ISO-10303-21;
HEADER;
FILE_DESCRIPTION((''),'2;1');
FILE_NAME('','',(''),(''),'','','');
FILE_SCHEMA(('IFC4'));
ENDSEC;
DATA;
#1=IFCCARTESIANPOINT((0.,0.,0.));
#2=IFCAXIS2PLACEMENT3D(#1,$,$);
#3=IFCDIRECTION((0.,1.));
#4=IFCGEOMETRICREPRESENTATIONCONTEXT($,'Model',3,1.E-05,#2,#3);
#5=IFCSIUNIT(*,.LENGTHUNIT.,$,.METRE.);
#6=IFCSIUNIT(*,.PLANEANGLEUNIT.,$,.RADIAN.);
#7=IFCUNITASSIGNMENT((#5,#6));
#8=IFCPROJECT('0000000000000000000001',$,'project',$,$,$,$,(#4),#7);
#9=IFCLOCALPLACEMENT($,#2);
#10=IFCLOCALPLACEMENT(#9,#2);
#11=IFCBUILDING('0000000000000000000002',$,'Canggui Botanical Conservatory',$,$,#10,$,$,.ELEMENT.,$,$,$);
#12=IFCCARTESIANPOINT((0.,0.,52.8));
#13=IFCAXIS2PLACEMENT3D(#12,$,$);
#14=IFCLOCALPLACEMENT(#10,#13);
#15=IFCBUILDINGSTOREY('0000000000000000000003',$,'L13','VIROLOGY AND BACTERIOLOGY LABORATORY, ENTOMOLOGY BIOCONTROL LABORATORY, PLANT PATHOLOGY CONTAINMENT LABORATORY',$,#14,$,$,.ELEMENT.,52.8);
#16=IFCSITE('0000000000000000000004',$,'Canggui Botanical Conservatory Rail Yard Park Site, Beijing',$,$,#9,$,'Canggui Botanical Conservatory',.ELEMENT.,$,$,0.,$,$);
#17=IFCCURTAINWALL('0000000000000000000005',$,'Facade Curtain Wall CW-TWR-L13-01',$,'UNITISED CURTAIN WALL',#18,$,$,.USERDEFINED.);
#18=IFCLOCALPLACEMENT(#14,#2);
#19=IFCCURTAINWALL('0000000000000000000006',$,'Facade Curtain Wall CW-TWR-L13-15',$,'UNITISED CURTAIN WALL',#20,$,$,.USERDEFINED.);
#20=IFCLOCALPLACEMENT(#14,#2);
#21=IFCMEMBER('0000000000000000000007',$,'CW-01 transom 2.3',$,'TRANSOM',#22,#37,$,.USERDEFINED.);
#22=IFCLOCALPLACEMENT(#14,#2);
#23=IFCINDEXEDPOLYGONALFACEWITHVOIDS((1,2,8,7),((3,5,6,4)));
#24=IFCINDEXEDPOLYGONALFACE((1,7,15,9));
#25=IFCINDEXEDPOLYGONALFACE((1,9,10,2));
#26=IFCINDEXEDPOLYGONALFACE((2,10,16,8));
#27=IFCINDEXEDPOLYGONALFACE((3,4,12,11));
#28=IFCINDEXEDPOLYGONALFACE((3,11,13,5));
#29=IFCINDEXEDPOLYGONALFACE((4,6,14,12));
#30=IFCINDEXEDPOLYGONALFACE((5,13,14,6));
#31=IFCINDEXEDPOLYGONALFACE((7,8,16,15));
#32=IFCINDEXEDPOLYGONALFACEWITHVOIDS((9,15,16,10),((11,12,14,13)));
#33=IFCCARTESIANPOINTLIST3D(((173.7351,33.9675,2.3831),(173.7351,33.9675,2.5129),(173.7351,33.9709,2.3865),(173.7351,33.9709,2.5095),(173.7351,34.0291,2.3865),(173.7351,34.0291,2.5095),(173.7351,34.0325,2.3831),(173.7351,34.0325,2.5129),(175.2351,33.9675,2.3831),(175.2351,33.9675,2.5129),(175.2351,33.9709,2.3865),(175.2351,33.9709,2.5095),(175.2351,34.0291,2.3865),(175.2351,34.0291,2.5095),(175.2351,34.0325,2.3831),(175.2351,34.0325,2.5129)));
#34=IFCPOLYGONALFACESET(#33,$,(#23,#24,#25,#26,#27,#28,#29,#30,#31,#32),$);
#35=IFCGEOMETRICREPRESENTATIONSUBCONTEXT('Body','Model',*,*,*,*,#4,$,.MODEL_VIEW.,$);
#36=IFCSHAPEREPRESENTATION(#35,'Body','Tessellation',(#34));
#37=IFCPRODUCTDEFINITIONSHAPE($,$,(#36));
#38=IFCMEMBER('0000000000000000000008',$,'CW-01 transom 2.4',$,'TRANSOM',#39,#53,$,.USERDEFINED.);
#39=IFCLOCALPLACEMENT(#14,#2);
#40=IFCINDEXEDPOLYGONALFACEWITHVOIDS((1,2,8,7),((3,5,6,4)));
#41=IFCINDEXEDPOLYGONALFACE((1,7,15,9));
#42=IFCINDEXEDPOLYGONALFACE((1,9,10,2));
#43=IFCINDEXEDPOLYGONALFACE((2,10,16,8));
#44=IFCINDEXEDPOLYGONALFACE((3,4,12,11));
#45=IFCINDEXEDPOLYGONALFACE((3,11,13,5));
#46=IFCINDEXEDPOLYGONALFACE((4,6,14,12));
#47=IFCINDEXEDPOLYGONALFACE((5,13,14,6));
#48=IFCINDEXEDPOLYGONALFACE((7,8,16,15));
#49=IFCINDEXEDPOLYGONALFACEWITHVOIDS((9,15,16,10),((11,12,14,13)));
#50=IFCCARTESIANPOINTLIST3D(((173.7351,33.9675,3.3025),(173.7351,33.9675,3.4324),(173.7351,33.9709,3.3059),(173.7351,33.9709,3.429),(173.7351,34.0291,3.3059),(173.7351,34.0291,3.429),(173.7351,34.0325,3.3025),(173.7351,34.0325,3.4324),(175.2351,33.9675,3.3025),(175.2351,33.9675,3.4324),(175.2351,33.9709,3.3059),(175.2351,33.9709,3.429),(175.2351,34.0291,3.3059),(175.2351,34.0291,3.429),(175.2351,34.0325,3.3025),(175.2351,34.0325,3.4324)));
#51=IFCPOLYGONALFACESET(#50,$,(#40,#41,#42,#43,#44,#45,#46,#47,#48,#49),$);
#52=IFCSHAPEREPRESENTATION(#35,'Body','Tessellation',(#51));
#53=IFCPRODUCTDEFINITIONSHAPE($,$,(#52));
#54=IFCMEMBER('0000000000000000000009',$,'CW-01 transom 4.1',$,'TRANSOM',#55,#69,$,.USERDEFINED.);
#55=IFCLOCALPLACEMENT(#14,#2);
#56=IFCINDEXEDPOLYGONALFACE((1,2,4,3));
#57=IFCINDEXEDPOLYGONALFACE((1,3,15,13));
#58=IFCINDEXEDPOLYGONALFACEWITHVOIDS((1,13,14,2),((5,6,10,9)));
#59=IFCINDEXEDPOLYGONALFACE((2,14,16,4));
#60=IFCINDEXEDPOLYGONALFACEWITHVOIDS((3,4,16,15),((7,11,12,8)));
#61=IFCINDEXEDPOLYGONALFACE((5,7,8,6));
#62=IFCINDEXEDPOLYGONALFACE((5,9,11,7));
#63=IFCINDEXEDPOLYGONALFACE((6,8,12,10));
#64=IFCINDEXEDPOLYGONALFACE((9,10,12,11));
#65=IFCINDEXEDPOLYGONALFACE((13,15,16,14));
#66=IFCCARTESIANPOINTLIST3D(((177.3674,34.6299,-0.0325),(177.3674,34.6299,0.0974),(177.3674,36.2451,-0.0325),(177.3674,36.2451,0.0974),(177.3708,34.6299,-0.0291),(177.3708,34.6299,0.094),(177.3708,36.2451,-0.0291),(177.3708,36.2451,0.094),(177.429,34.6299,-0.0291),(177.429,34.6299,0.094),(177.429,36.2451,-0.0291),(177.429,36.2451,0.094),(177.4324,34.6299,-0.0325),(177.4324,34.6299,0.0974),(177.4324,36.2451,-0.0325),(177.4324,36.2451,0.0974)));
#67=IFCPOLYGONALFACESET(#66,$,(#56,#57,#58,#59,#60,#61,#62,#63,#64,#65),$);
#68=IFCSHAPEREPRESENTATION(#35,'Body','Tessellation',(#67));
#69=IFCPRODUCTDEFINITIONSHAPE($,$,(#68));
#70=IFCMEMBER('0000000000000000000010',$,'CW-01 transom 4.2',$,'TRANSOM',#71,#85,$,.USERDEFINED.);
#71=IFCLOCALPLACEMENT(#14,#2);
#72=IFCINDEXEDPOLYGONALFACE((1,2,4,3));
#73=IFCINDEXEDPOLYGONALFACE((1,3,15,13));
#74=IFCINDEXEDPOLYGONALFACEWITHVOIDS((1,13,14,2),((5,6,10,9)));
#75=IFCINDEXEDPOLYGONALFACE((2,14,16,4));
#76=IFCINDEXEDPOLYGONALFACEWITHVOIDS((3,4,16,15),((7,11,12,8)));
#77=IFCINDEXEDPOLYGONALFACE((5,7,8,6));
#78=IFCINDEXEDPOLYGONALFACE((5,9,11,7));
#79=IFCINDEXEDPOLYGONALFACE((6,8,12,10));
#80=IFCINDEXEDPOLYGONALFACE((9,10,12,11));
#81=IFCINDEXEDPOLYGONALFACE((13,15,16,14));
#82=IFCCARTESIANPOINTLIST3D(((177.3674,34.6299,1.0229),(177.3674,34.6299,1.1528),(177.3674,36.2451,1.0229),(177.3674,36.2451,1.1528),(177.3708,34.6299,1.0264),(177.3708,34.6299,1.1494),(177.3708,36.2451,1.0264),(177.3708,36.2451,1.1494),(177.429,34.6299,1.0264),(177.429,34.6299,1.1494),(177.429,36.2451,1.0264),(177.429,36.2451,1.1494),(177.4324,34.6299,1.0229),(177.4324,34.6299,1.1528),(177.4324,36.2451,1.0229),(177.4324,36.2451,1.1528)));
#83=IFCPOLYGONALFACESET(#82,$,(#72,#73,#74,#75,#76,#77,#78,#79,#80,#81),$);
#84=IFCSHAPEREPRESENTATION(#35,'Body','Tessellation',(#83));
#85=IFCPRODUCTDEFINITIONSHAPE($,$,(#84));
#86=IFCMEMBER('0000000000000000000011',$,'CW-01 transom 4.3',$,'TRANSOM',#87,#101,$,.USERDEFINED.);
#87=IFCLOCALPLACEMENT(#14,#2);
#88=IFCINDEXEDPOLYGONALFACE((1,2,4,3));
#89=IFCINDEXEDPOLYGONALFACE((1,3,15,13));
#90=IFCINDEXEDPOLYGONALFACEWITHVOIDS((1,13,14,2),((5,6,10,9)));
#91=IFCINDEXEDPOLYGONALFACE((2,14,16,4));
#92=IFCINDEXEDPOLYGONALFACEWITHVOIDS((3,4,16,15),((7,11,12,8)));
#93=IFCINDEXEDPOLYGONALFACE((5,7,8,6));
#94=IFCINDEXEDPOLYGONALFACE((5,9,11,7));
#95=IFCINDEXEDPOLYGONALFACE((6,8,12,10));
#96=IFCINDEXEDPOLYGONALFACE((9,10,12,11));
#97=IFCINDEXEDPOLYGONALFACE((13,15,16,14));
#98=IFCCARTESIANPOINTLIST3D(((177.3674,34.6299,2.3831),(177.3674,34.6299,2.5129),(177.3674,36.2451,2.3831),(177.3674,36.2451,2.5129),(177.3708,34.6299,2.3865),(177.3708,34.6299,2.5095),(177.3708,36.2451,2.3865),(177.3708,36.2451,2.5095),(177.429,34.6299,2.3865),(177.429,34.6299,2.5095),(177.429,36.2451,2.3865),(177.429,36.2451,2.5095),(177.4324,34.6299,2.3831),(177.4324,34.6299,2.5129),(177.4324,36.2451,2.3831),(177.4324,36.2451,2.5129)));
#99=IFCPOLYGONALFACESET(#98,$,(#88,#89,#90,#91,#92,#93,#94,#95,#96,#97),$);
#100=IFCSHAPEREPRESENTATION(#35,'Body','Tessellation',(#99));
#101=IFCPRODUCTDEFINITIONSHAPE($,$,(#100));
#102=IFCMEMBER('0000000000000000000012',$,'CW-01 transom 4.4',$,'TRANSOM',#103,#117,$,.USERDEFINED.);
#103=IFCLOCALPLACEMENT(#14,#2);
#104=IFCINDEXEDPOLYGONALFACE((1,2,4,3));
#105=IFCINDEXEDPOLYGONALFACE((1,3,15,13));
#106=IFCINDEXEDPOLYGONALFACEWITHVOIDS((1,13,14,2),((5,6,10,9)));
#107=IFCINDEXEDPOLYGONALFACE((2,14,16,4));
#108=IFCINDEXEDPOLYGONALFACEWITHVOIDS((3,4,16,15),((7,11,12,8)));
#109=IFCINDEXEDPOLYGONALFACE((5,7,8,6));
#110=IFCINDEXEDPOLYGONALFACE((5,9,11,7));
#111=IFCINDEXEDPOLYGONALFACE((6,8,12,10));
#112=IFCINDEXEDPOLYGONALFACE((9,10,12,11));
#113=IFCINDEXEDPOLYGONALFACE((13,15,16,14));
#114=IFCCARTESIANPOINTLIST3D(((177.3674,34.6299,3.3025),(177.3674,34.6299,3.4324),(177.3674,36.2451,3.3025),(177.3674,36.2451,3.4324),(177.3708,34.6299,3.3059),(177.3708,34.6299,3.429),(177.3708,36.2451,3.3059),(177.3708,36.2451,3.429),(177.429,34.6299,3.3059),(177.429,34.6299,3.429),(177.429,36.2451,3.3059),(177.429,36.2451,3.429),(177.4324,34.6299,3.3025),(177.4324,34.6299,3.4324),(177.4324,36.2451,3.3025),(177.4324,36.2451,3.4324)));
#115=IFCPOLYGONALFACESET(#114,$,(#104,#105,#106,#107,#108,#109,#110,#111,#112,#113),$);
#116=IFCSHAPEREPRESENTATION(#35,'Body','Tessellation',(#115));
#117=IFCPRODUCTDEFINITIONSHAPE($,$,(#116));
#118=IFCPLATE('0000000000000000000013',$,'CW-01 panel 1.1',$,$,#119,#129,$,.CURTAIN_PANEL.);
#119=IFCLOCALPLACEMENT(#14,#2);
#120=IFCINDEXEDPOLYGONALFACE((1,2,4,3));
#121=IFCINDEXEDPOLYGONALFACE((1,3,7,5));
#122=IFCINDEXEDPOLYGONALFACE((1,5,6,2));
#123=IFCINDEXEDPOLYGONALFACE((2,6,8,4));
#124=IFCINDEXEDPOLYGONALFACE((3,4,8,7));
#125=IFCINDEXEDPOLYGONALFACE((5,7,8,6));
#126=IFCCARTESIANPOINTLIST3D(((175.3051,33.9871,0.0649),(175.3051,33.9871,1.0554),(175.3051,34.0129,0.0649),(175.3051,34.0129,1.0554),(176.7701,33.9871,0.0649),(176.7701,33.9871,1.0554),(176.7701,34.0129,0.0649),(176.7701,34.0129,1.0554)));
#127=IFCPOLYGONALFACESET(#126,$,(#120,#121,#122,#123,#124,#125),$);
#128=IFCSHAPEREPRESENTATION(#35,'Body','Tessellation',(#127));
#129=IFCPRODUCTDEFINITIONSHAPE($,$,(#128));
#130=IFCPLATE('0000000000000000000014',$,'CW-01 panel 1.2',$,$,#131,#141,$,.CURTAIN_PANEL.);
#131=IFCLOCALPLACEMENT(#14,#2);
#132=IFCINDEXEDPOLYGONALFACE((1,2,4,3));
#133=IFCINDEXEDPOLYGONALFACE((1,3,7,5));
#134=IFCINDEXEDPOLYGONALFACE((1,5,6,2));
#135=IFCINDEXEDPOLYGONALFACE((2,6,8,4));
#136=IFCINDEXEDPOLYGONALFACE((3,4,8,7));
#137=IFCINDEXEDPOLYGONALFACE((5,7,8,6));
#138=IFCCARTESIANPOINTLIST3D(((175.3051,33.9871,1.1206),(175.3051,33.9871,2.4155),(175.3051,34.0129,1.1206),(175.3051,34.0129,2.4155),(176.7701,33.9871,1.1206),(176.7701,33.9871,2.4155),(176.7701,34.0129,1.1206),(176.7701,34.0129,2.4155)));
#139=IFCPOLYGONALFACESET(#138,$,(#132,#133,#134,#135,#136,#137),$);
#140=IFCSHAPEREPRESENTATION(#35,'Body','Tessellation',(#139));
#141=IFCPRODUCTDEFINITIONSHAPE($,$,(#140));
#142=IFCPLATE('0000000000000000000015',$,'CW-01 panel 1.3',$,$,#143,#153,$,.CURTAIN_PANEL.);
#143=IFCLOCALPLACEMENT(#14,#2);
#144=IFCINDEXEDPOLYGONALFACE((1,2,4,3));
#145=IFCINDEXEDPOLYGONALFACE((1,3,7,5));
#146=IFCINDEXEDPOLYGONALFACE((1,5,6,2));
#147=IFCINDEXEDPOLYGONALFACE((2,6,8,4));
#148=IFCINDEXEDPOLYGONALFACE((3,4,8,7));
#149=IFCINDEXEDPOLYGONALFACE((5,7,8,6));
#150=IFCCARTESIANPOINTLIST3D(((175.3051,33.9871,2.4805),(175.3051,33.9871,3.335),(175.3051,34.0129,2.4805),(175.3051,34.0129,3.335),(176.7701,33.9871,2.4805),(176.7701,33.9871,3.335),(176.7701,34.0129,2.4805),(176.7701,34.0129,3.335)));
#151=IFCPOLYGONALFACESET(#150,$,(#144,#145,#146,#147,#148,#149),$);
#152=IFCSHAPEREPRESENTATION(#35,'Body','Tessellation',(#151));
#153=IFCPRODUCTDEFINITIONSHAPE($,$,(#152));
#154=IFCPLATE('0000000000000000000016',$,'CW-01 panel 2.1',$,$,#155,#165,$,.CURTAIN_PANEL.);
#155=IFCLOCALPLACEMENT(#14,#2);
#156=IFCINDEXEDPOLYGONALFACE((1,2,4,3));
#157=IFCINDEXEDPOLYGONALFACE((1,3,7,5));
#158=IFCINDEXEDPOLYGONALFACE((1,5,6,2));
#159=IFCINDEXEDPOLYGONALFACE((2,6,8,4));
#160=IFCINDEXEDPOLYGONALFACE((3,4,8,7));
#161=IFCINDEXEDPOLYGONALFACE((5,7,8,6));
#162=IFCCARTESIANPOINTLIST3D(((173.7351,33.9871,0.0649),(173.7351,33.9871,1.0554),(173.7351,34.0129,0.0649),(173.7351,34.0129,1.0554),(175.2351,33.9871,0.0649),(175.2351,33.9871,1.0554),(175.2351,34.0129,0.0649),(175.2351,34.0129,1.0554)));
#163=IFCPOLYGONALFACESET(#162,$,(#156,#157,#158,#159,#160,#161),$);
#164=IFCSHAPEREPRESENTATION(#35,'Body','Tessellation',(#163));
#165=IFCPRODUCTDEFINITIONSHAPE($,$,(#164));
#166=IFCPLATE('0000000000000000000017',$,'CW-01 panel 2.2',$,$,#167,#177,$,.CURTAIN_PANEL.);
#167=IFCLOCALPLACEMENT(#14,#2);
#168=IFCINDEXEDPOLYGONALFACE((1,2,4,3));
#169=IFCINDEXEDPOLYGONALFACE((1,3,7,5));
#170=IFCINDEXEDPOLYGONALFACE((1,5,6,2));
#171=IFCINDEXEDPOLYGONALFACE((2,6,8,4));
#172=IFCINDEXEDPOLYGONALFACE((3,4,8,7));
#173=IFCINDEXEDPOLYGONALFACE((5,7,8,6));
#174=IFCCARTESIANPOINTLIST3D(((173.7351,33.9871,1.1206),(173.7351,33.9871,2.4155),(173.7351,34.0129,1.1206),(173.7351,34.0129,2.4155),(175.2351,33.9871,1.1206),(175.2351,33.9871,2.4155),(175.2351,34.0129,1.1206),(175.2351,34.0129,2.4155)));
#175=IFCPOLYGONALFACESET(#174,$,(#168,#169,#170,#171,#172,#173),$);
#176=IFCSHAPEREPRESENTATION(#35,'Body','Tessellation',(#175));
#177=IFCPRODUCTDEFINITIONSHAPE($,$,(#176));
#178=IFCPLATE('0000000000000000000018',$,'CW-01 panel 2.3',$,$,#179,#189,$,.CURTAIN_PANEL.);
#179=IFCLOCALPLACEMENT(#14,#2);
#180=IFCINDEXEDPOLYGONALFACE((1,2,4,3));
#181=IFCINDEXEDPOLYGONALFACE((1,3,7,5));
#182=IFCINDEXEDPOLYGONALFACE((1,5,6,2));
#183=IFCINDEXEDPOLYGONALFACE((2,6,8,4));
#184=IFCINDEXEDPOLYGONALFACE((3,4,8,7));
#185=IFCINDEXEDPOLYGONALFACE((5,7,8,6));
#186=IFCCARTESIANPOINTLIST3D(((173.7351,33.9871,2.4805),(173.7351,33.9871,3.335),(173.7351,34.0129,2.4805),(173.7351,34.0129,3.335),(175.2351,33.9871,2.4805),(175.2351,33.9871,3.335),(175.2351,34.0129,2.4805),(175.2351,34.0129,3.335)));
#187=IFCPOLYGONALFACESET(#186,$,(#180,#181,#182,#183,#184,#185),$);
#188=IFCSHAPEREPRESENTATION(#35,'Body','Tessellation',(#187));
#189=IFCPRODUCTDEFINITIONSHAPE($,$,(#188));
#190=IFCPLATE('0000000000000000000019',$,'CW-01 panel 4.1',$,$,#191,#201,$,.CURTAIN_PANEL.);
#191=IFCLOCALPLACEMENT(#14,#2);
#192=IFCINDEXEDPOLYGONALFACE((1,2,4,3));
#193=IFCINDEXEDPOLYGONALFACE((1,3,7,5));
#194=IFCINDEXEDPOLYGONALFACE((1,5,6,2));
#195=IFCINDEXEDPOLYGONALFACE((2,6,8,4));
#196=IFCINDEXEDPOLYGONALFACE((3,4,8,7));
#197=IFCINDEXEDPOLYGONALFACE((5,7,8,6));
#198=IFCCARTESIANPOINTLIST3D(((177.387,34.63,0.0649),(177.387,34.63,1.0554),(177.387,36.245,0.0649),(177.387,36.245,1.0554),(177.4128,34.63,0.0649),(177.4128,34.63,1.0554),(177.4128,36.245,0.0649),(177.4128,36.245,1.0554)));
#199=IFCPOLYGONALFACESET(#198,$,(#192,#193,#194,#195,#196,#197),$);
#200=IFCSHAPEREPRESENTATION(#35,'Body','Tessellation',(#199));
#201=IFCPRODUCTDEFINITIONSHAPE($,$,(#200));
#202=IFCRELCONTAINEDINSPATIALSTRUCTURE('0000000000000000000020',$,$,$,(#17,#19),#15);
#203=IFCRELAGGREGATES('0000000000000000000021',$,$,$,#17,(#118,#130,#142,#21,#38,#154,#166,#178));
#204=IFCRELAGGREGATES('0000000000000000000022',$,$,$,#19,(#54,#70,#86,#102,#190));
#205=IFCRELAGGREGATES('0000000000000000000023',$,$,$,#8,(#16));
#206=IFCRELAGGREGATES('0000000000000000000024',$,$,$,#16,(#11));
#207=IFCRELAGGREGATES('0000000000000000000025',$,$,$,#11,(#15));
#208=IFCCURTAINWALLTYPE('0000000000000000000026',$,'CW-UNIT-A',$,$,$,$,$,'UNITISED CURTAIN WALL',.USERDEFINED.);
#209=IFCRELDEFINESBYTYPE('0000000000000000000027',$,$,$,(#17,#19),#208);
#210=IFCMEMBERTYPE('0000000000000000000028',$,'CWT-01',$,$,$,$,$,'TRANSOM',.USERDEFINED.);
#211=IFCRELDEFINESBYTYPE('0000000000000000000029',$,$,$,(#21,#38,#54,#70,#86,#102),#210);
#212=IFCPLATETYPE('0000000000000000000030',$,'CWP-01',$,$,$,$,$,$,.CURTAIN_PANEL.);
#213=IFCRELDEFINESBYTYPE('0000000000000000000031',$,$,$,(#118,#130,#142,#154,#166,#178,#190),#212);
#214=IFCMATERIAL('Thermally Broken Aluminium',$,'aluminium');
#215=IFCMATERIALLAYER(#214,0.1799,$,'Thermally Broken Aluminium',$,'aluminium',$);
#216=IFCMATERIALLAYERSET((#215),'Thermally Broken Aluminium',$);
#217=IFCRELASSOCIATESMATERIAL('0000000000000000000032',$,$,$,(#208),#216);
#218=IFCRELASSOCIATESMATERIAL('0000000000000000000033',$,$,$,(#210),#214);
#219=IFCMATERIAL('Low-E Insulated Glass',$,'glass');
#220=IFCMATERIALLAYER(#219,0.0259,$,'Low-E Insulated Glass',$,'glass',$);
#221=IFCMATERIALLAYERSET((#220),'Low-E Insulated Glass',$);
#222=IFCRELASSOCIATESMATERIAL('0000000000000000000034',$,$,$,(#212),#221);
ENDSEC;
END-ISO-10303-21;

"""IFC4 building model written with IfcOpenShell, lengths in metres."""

from ifc_helpers import new_model, si_unit, direction, frame, origin, origin_2d, place, context, subcontext, project, spatial, rectangle, hollow_rectangle, extrude, material, layer, layer_set, material_profile, profile_set, type_object, element, aggregate, save


model = new_model("IFC4")

# Units and contexts
model_context = context("Model", 3, precision=1e-05, world=origin(), true_north=direction((0.0, 1.0)))
body_context = subcontext(model_context, "Body", "Model", "MODEL_VIEW")
ifc_project = project(units=[si_unit("LENGTHUNIT", "METRE"), si_unit("PLANEANGLEUNIT", "RADIAN")], contexts=[model_context])

# Site, building, storey
site_placement = place(None, origin())
site = spatial("IfcSite", under=ifc_project, at=site_placement, Name="Canggui Botanical Conservatory Rail Yard Park Site, Beijing", LongName="Canggui Botanical Conservatory", CompositionType="ELEMENT", RefElevation=0.0)
building_placement = place(site_placement, origin())
building = spatial("IfcBuilding", under=site, at=building_placement, Name="Canggui Botanical Conservatory", CompositionType="ELEMENT")
storey_placement = place(building_placement, frame((0.0, 0.0, 52.8)))
storey = spatial("IfcBuildingStorey", under=building, at=storey_placement, Name="L13", Description="VIROLOGY AND BACTERIOLOGY LABORATORY, ENTOMOLOGY BIOCONTROL LABORATORY, PLANT PATHOLOGY CONTAINMENT LABORATORY", CompositionType="ELEMENT", Elevation=52.8)

# Curtain walls
ifc_material_1 = material(Name="Thermally Broken Aluminium", Category="aluminium")
ifc_layer_1 = layer(ifc_material_1, 0.1799, Name="Thermally Broken Aluminium", Category="aluminium")
ifc_layer_set_1 = layer_set([ifc_layer_1], Name="Thermally Broken Aluminium")
curtain_wall_type = type_object("IfcCurtainWallType", Name="CW-UNIT-A", ElementType="UNITISED CURTAIN WALL", PredefinedType="USERDEFINED", material=ifc_layer_set_1)
curtain_wall_1_placement = place(storey_placement, origin())
curtain_wall_1 = element("IfcCurtainWall", 1, at=curtain_wall_1_placement, inside=storey, type_object=curtain_wall_type, Name="Facade Curtain Wall CW-TWR-L13-01", ObjectType="UNITISED CURTAIN WALL", PredefinedType="USERDEFINED")
curtain_wall_2_placement = place(storey_placement, origin())
curtain_wall_2 = element("IfcCurtainWall", 2, at=curtain_wall_2_placement, inside=storey, type_object=curtain_wall_type, Name="Facade Curtain Wall CW-TWR-L13-15", ObjectType="UNITISED CURTAIN WALL", PredefinedType="USERDEFINED")

# Members
ifc_material_profile_1 = material_profile(ifc_material_1, hollow_rectangle(XDim=0.0649, YDim=0.1299, WallThickness=0.0034, at=origin_2d()), Name="CWT 65x130x3.5")
ifc_profile_set_1 = profile_set([ifc_material_profile_1], Name="Thermally Broken Aluminium")
member_type_1 = type_object("IfcMemberType", Name="CWT-01", ElementType="TRANSOM", PredefinedType="USERDEFINED", material=ifc_profile_set_1)
member_1_placement = place(storey_placement, frame((175.2351, 34.0, 2.448), z_axis=(-1.0, 0.0, 0.0), x_axis=(0.0, -1.0, 0.0)))
member_1 = element("IfcMember", 3, at=member_1_placement, type_object=member_type_1, Name="CW-01 transom 2.3", ObjectType="TRANSOM", PredefinedType="USERDEFINED", context=body_context, shape_type="SweptSolid", body=[
    extrude(hollow_rectangle(XDim=0.0649, YDim=0.1299, WallThickness=0.0034, at=origin_2d()), origin(), (0.0, 0.0, 1.0), 1.5),
])
member_2_placement = place(storey_placement, frame((175.2351, 34.0, 3.3674), z_axis=(-1.0, 0.0, 0.0), x_axis=(0.0, -1.0, 0.0)))
member_2 = element("IfcMember", 4, at=member_2_placement, type_object=member_type_1, Name="CW-01 transom 2.4", ObjectType="TRANSOM", PredefinedType="USERDEFINED", context=body_context, shape_type="SweptSolid", body=[
    extrude(hollow_rectangle(XDim=0.0649, YDim=0.1299, WallThickness=0.0034, at=origin_2d()), origin(), (0.0, 0.0, 1.0), 1.5),
])
member_3_placement = place(storey_placement, frame((177.3999, 36.2451, 0.0325), z_axis=(0.0, -1.0, 0.0), x_axis=(1.0, 0.0, 0.0)))
member_3 = element("IfcMember", 5, at=member_3_placement, type_object=member_type_1, Name="CW-01 transom 4.1", ObjectType="TRANSOM", PredefinedType="USERDEFINED", context=body_context, shape_type="SweptSolid", body=[
    extrude(hollow_rectangle(XDim=0.0649, YDim=0.1299, WallThickness=0.0034, at=origin_2d()), origin(), (0.0, 0.0, 1.0), 1.6152),
])
member_4_placement = place(storey_placement, frame((177.3999, 36.2451, 1.0879), z_axis=(0.0, -1.0, 0.0), x_axis=(1.0, 0.0, 0.0)))
member_4 = element("IfcMember", 6, at=member_4_placement, type_object=member_type_1, Name="CW-01 transom 4.2", ObjectType="TRANSOM", PredefinedType="USERDEFINED", context=body_context, shape_type="SweptSolid", body=[
    extrude(hollow_rectangle(XDim=0.0649, YDim=0.1299, WallThickness=0.0034, at=origin_2d()), origin(), (0.0, 0.0, 1.0), 1.6152),
])
member_5_placement = place(storey_placement, frame((177.3999, 36.2451, 2.448), z_axis=(0.0, -1.0, 0.0), x_axis=(1.0, 0.0, 0.0)))
member_5 = element("IfcMember", 7, at=member_5_placement, type_object=member_type_1, Name="CW-01 transom 4.3", ObjectType="TRANSOM", PredefinedType="USERDEFINED", context=body_context, shape_type="SweptSolid", body=[
    extrude(hollow_rectangle(XDim=0.0649, YDim=0.1299, WallThickness=0.0034, at=origin_2d()), origin(), (0.0, 0.0, 1.0), 1.6152),
])
member_6_placement = place(storey_placement, frame((177.3999, 36.2451, 3.3674), z_axis=(0.0, -1.0, 0.0), x_axis=(1.0, 0.0, 0.0)))
member_6 = element("IfcMember", 8, at=member_6_placement, type_object=member_type_1, Name="CW-01 transom 4.4", ObjectType="TRANSOM", PredefinedType="USERDEFINED", context=body_context, shape_type="SweptSolid", body=[
    extrude(hollow_rectangle(XDim=0.0649, YDim=0.1299, WallThickness=0.0034, at=origin_2d()), origin(), (0.0, 0.0, 1.0), 1.6152),
])

# Plates
ifc_material_2 = material(Name="Low-E Insulated Glass", Category="glass")
ifc_layer_2 = layer(ifc_material_2, 0.0259, Name="Low-E Insulated Glass", Category="glass")
ifc_layer_set_2 = layer_set([ifc_layer_2], Name="Low-E Insulated Glass")
plate_type = type_object("IfcPlateType", Name="CWP-01", PredefinedType="CURTAIN_PANEL", material=ifc_layer_set_2)
plate_1_placement = place(storey_placement, frame((176.0376, 34.0, 0.0649), z_axis=(0.0, 0.0, 1.0), x_axis=(-1.0, 0.0, 0.0)))
plate_1 = element("IfcPlate", 9, at=plate_1_placement, type_object=plate_type, Name="CW-01 panel 1.1", PredefinedType="CURTAIN_PANEL", context=body_context, shape_type="SweptSolid", body=[
    extrude(rectangle(XDim=1.4651, YDim=0.0259, at=origin_2d()), origin(), (0.0, 0.0, 1.0), 0.9905),
])
plate_2_placement = place(storey_placement, frame((176.0376, 34.0, 1.1206), z_axis=(0.0, 0.0, 1.0), x_axis=(-1.0, 0.0, 0.0)))
plate_2 = element("IfcPlate", 10, at=plate_2_placement, type_object=plate_type, Name="CW-01 panel 1.2", PredefinedType="CURTAIN_PANEL", context=body_context, shape_type="SweptSolid", body=[
    extrude(rectangle(XDim=1.4651, YDim=0.0259, at=origin_2d()), origin(), (0.0, 0.0, 1.0), 1.2949),
])
plate_3_placement = place(storey_placement, frame((176.0376, 34.0, 2.4805), z_axis=(0.0, 0.0, 1.0), x_axis=(-1.0, 0.0, 0.0)))
plate_3 = element("IfcPlate", 11, at=plate_3_placement, type_object=plate_type, Name="CW-01 panel 1.3", PredefinedType="CURTAIN_PANEL", context=body_context, shape_type="SweptSolid", body=[
    extrude(rectangle(XDim=1.4651, YDim=0.0259, at=origin_2d()), origin(), (0.0, 0.0, 1.0), 0.8545),
])
plate_4_placement = place(storey_placement, frame((174.4851, 34.0, 0.0649), z_axis=(0.0, 0.0, 1.0), x_axis=(-1.0, 0.0, 0.0)))
plate_4 = element("IfcPlate", 12, at=plate_4_placement, type_object=plate_type, Name="CW-01 panel 2.1", PredefinedType="CURTAIN_PANEL", context=body_context, shape_type="SweptSolid", body=[
    extrude(rectangle(XDim=1.5, YDim=0.0259, at=origin_2d()), origin(), (0.0, 0.0, 1.0), 0.9905),
])
plate_5_placement = place(storey_placement, frame((174.4851, 34.0, 1.1206), z_axis=(0.0, 0.0, 1.0), x_axis=(-1.0, 0.0, 0.0)))
plate_5 = element("IfcPlate", 13, at=plate_5_placement, type_object=plate_type, Name="CW-01 panel 2.2", PredefinedType="CURTAIN_PANEL", context=body_context, shape_type="SweptSolid", body=[
    extrude(rectangle(XDim=1.5, YDim=0.0259, at=origin_2d()), origin(), (0.0, 0.0, 1.0), 1.2949),
])
plate_6_placement = place(storey_placement, frame((174.4851, 34.0, 2.4805), z_axis=(0.0, 0.0, 1.0), x_axis=(-1.0, 0.0, 0.0)))
plate_6 = element("IfcPlate", 14, at=plate_6_placement, type_object=plate_type, Name="CW-01 panel 2.3", PredefinedType="CURTAIN_PANEL", context=body_context, shape_type="SweptSolid", body=[
    extrude(rectangle(XDim=1.5, YDim=0.0259, at=origin_2d()), origin(), (0.0, 0.0, 1.0), 0.8545),
])
aggregate(curtain_wall_1, [plate_1, plate_2, plate_3, member_1, member_2, plate_4, plate_5, plate_6])
plate_7_placement = place(storey_placement, frame((177.3999, 35.4375, 0.0649), z_axis=(0.0, 0.0, 1.0), x_axis=(0.0, -1.0, 0.0)))
plate_7 = element("IfcPlate", 15, at=plate_7_placement, type_object=plate_type, Name="CW-01 panel 4.1", PredefinedType="CURTAIN_PANEL", context=body_context, shape_type="SweptSolid", body=[
    extrude(rectangle(XDim=1.615, YDim=0.0259, at=origin_2d()), origin(), (0.0, 0.0, 1.0), 0.9905),
])
aggregate(curtain_wall_2, [member_3, member_4, member_5, member_6, plate_7])

save(model, "model.ifc")
